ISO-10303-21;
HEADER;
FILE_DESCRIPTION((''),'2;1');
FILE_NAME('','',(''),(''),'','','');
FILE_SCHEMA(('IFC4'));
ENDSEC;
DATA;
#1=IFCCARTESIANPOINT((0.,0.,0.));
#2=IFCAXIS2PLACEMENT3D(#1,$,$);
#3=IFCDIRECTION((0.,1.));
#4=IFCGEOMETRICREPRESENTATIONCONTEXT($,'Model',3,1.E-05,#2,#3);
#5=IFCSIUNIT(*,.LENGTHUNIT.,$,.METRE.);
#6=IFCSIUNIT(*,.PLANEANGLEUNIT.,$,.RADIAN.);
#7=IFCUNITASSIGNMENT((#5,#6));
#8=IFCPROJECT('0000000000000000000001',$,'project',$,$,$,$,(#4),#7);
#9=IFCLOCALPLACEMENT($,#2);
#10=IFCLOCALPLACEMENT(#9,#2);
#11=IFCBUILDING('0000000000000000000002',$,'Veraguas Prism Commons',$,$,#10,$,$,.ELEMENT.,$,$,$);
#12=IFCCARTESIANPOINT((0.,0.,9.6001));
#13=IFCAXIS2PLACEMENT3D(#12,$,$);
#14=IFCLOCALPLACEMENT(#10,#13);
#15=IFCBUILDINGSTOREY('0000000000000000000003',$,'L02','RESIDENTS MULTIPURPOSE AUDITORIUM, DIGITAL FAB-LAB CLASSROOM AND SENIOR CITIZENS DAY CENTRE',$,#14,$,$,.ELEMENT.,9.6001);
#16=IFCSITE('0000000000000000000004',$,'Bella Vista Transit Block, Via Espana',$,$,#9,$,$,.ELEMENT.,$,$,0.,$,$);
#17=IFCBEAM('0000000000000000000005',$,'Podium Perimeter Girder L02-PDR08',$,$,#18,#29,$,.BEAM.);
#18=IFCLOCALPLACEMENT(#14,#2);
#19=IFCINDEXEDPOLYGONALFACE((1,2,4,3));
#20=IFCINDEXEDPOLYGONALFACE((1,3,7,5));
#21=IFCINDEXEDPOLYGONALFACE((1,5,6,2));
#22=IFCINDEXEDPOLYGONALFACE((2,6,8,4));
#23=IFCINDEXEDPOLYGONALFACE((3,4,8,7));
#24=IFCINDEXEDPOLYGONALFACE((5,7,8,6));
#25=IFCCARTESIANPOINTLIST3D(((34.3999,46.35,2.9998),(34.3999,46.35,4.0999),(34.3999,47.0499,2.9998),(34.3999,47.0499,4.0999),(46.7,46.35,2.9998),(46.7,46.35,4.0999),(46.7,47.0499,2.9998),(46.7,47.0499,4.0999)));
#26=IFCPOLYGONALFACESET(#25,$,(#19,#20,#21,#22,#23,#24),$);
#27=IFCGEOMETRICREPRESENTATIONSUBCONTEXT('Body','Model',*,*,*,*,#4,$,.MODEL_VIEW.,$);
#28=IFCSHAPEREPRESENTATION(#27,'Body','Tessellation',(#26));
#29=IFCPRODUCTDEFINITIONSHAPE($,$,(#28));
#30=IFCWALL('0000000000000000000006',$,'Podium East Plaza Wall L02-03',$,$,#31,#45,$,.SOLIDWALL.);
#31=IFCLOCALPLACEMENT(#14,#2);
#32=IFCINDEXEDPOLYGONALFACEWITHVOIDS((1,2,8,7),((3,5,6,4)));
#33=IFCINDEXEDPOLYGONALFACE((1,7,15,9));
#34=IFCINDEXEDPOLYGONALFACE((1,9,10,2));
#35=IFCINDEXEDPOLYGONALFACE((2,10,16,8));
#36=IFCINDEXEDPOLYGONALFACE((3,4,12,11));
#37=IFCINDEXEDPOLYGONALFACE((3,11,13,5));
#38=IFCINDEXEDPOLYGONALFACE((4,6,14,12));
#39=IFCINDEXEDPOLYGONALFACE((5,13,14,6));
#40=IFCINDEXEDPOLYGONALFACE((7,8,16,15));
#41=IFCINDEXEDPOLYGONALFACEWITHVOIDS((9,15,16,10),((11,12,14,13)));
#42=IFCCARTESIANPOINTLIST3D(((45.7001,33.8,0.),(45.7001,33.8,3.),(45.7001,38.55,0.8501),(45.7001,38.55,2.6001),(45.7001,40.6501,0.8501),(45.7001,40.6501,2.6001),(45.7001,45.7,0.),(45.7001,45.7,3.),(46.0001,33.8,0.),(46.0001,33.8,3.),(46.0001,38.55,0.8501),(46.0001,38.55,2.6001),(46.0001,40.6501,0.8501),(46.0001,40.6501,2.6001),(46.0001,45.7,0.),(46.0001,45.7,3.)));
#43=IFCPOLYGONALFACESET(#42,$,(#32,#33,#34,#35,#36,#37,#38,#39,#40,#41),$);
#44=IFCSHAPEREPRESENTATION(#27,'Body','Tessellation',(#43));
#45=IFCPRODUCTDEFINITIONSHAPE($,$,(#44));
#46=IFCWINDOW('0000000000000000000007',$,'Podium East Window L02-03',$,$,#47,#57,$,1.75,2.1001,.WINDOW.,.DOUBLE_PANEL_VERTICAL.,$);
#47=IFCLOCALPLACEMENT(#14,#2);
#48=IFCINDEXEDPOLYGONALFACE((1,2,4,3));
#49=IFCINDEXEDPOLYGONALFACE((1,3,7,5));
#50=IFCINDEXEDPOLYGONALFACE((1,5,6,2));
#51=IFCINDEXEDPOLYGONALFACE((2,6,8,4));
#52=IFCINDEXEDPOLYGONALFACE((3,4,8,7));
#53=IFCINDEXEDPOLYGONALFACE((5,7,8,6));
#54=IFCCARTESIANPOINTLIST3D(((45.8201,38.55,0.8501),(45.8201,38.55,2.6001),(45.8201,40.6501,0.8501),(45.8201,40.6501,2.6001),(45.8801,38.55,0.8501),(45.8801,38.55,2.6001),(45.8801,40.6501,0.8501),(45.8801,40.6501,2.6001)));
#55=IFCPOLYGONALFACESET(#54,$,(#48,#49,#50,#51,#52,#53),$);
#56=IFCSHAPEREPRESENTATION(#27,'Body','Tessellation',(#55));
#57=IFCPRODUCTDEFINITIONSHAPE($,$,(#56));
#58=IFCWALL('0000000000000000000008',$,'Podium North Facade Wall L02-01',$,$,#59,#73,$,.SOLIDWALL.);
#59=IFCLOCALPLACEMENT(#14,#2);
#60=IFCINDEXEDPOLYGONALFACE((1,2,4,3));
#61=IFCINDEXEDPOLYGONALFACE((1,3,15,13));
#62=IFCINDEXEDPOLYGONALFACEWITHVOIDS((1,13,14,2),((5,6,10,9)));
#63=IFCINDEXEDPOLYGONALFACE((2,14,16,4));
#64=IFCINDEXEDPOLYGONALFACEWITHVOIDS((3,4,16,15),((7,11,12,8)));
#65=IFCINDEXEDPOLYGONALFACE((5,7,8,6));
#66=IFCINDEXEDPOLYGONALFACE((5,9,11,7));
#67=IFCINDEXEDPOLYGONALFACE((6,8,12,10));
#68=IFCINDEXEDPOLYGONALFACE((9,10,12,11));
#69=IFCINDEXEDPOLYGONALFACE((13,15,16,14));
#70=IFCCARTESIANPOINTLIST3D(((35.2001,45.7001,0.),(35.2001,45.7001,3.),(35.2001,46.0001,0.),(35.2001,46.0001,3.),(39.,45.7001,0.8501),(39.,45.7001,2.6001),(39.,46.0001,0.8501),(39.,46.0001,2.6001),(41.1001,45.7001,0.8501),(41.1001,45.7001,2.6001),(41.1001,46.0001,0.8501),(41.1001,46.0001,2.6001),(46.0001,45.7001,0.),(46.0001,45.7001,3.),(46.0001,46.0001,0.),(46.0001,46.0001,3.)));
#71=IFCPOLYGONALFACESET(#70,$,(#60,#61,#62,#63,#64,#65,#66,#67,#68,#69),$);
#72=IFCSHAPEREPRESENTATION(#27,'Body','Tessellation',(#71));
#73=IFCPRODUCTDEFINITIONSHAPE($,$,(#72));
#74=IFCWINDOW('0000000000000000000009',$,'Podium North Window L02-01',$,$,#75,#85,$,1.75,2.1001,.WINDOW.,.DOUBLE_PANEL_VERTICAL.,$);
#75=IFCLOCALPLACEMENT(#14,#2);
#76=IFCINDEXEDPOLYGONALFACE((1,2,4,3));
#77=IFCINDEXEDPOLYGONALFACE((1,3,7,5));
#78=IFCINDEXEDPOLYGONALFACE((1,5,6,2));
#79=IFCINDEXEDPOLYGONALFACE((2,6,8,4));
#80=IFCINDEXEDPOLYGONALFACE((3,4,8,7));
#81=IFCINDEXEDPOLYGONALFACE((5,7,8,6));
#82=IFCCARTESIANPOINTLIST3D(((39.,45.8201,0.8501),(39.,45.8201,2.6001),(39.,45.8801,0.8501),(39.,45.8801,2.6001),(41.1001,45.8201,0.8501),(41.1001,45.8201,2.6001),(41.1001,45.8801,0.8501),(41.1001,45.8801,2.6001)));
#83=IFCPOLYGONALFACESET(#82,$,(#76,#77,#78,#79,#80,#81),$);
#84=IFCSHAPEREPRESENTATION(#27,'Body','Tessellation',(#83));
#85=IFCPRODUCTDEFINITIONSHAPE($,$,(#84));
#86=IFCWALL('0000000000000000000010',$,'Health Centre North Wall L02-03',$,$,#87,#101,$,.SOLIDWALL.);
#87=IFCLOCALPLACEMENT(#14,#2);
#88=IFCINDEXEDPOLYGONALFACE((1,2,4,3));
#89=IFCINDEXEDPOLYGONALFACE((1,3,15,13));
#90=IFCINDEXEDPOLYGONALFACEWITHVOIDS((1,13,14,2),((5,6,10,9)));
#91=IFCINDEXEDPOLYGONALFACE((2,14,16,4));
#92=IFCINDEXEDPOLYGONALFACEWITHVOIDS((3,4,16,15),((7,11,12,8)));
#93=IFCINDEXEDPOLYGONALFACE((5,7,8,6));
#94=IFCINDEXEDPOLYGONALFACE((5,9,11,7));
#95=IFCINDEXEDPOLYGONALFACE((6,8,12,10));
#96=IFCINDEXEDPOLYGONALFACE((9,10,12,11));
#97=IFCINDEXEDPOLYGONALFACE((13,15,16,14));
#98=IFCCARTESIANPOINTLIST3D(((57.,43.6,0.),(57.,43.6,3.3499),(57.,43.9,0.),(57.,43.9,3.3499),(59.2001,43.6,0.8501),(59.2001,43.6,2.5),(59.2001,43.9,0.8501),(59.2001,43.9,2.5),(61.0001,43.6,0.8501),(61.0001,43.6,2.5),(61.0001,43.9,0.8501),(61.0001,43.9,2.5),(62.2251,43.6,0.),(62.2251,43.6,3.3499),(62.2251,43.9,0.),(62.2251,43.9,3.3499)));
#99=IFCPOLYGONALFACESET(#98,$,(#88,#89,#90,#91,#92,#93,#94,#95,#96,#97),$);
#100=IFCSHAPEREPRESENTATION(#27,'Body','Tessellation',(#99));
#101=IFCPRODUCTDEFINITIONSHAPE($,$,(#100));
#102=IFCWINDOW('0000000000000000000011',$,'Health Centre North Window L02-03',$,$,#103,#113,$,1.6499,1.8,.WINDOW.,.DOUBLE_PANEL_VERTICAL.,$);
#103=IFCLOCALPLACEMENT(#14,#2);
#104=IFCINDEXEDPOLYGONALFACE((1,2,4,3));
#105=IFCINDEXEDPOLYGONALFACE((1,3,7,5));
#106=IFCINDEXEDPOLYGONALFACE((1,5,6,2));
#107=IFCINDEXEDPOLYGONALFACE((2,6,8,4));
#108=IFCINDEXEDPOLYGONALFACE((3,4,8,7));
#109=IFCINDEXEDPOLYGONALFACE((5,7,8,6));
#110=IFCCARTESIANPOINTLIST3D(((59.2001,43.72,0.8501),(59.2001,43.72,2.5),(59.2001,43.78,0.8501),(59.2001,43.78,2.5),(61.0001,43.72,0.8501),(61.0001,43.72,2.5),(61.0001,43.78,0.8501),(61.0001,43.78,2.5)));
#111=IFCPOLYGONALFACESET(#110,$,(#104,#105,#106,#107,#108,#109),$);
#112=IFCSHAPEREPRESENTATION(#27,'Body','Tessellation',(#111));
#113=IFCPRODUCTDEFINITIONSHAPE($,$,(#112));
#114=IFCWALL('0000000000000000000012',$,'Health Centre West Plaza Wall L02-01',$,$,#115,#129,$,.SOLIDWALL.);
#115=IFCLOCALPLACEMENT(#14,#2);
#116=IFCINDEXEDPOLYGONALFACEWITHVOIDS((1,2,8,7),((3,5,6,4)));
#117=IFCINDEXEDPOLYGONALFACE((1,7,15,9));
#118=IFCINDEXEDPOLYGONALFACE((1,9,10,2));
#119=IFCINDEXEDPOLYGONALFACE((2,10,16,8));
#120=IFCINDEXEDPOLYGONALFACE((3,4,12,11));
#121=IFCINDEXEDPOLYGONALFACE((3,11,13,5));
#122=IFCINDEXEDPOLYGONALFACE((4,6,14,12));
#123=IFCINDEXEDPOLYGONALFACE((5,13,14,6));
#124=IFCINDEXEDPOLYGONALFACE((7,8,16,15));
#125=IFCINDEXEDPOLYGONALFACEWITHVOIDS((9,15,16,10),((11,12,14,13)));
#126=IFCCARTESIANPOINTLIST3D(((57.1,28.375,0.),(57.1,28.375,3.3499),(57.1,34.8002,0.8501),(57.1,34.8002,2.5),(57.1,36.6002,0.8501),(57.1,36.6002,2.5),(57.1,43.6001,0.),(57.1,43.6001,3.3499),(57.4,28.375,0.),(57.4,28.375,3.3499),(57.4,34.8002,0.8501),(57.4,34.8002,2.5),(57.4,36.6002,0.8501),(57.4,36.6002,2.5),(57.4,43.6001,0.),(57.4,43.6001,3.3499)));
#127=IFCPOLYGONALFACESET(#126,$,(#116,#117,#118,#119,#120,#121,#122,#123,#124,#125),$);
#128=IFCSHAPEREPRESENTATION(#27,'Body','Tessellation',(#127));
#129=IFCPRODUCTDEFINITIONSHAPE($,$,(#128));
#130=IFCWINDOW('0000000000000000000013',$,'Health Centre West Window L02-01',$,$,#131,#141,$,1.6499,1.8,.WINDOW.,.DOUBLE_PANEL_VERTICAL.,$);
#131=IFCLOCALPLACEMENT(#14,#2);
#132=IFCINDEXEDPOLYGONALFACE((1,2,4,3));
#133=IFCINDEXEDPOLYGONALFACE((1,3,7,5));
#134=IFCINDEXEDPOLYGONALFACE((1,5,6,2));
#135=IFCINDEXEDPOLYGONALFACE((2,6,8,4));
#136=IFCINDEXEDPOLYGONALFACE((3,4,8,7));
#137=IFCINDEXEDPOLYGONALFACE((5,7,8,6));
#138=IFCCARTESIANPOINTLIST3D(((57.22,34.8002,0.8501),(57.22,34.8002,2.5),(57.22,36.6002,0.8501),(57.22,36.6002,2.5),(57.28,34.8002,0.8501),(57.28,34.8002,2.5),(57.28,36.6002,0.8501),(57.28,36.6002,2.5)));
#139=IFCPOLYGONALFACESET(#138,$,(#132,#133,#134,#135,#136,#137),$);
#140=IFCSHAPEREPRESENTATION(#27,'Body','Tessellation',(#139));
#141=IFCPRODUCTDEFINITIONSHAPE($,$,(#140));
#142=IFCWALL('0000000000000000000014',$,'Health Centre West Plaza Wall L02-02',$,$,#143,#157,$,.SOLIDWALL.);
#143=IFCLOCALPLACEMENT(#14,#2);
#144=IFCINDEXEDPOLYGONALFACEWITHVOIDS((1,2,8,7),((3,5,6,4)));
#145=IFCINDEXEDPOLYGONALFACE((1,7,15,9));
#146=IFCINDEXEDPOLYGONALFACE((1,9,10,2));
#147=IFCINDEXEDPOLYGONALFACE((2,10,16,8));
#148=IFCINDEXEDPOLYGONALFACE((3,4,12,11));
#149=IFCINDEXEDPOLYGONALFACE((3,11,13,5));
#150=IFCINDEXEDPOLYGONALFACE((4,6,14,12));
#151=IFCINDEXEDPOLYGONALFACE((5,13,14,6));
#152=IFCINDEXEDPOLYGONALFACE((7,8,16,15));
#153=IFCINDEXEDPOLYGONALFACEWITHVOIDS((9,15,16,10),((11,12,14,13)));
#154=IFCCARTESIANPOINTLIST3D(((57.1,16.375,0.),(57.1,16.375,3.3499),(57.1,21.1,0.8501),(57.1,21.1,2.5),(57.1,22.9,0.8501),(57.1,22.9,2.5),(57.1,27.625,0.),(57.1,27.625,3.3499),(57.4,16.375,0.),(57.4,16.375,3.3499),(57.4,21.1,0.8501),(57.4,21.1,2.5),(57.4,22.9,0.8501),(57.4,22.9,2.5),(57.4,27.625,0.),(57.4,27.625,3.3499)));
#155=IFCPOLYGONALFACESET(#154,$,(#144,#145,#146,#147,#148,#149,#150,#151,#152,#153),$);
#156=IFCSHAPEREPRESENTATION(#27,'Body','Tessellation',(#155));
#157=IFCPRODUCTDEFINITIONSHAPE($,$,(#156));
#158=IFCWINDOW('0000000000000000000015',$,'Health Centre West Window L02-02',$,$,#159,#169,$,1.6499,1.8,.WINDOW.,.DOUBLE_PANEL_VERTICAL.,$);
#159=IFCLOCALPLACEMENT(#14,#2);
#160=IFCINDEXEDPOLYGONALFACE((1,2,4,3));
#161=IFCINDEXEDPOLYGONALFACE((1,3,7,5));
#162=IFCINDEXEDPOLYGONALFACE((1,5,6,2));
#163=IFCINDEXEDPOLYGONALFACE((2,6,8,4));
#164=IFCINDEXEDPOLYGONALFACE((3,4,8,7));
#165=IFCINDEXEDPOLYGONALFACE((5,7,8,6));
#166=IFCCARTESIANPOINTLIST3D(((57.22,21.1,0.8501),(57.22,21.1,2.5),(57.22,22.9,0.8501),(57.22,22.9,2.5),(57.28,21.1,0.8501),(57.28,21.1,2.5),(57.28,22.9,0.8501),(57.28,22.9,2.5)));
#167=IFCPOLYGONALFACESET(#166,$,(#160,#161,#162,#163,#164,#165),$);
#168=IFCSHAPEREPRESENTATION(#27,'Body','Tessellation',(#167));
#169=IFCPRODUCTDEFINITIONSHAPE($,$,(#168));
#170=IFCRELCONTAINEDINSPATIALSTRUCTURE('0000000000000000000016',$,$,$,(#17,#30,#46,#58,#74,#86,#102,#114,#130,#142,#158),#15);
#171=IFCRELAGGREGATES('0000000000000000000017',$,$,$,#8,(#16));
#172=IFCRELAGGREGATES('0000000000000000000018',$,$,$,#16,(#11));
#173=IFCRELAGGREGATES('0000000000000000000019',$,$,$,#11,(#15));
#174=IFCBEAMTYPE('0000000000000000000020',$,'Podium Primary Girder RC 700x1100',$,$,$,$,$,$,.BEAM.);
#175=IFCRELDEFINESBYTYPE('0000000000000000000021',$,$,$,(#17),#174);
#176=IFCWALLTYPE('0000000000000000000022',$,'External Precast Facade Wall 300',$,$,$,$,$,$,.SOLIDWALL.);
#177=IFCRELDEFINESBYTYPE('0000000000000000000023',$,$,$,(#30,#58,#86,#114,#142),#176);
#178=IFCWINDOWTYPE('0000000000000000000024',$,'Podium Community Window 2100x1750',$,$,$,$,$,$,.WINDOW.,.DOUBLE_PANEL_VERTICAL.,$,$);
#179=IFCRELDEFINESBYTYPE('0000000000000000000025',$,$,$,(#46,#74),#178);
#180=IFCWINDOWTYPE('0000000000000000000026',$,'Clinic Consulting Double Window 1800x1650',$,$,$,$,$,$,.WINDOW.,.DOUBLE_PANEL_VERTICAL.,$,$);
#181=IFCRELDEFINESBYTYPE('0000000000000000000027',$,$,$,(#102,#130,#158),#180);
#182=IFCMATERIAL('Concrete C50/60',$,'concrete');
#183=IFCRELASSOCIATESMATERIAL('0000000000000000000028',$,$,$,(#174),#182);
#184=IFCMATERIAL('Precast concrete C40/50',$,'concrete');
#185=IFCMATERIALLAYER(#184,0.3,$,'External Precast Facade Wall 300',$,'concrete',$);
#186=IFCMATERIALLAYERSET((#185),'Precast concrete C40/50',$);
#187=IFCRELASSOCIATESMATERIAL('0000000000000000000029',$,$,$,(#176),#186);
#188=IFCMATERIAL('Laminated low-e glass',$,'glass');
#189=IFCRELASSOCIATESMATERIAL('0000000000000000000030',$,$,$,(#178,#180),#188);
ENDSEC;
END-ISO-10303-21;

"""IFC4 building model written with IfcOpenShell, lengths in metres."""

from ifc_helpers import new_model, si_unit, direction, frame, frame_2d, origin, origin_2d, place, context, subcontext, project, spatial, rectangle, extrude, source, transform, mapped, material, layer, layer_set, material_profile, profile_set, type_object, element, fill, save


model = new_model("IFC4")

# Units and contexts
model_context = context("Model", 3, precision=1e-05, world=origin(), true_north=direction((0.0, 1.0)))
body_context = subcontext(model_context, "Body", "Model", "MODEL_VIEW")
ifc_project = project(units=[si_unit("LENGTHUNIT", "METRE"), si_unit("PLANEANGLEUNIT", "RADIAN")], contexts=[model_context])

# Site, building, storey
site_placement = place(None, origin())
site = spatial("IfcSite", under=ifc_project, at=site_placement, Name="Bella Vista Transit Block, Via Espana", CompositionType="ELEMENT", RefElevation=0.0)
building_placement = place(site_placement, origin())
building = spatial("IfcBuilding", under=site, at=building_placement, Name="Veraguas Prism Commons", CompositionType="ELEMENT")
storey_placement = place(building_placement, frame((0.0, 0.0, 9.6001)))
storey = spatial("IfcBuildingStorey", under=building, at=storey_placement, Name="L02", Description="RESIDENTS MULTIPURPOSE AUDITORIUM, DIGITAL FAB-LAB CLASSROOM AND SENIOR CITIZENS DAY CENTRE", CompositionType="ELEMENT", Elevation=9.6001)

# Shared definitions
ifc_material_1 = material(Name="Concrete C50/60", Category="concrete")

# Beam
ifc_material_profile_1 = material_profile(ifc_material_1, rectangle(XDim=0.7, YDim=1.1001, at=origin_2d()), Name="RC700X1100")
ifc_profile_set_1 = profile_set([ifc_material_profile_1], Name="Concrete C50/60")
beam_type_1 = type_object("IfcBeamType", Name="Podium Primary Girder RC 700x1100", PredefinedType="BEAM", material=ifc_profile_set_1)
beam_1_placement = place(storey_placement, frame((46.7, 46.7, 3.5498), z_axis=(-1.0, 0.0, 0.0), x_axis=(0.0, -1.0, 0.0)))
element("IfcBeam", 1, at=beam_1_placement, inside=storey, type_object=beam_type_1, Name="Podium Perimeter Girder L02-PDR08", PredefinedType="BEAM", context=body_context, shape_type="SweptSolid", body=[
    extrude(rectangle(XDim=0.7, YDim=1.1001, at=origin_2d()), origin(), (0.0, 0.0, 1.0), 12.3),
])

# Walls, openings, windows
ifc_material_2 = material(Name="Precast concrete C40/50", Category="concrete")
ifc_layer_1 = layer(ifc_material_2, 0.3, Name="External Precast Facade Wall 300", Category="concrete")
ifc_layer_set_1 = layer_set([ifc_layer_1], Name="Precast concrete C40/50")
wall_type_1 = type_object("IfcWallType", Name="External Precast Facade Wall 300", PredefinedType="SOLIDWALL", material=ifc_layer_set_1)
wall_1_placement = place(storey_placement, frame((45.8501, 33.8, 0.0), z_axis=(0.0, 0.0, 1.0), x_axis=(0.0, 1.0, 0.0)))
wall_1 = element("IfcWall", 2, at=wall_1_placement, inside=storey, type_object=wall_type_1, Name="Podium East Plaza Wall L02-03", PredefinedType="SOLIDWALL", context=body_context, shape_type="SweptSolid", body=[
    extrude(rectangle(XDim=11.8999, YDim=0.3, at=frame_2d((5.95, 0.0))), origin(), (0.0, 0.0, 1.0), 3.0),
])
opening_1_placement = place(wall_1_placement, frame((4.75, 0.0, 0.8501)))
opening_1 = element("IfcOpeningElement", 3, at=opening_1_placement, cuts=wall_1, PredefinedType="OPENING", context=body_context, shape_type="SweptSolid", body=[
    extrude(rectangle(XDim=2.1001, YDim=1.75, at=frame_2d((1.05, 0.875))), frame((0.0, 0.1599, 0.0), z_axis=(0.0, -1.0, 0.0), x_axis=(1.0, 0.0, 0.0)), (0.0, 0.0, 1.0), 0.3201),
])
ifc_material_3 = material(Name="Laminated low-e glass", Category="glass")
window_type_1 = type_object("IfcWindowType", Name="Podium Community Window 2100x1750", PartitioningType="DOUBLE_PANEL_VERTICAL", PredefinedType="WINDOW", material=ifc_material_3)
shared_shape_1 = source(origin(), body_context, "Body", "SweptSolid", [
    extrude(rectangle(XDim=2.1001, YDim=1.75, at=frame_2d((1.05, 0.875))), frame((0.0, 0.03, 0.0), z_axis=(0.0, -1.0, 0.0), x_axis=(1.0, 0.0, 0.0)), (0.0, 0.0, 1.0), 0.0601),
])
window_1_placement = place(opening_1_placement, origin())
window_1 = element("IfcWindow", 4, at=window_1_placement, inside=storey, type_object=window_type_1, Name="Podium East Window L02-03", OverallHeight=1.75, OverallWidth=2.1001, PartitioningType="DOUBLE_PANEL_VERTICAL", PredefinedType="WINDOW", context=body_context, shape_type="MappedRepresentation", body=[
    mapped(shared_shape_1, transform((0.0, 0.0, 0.0), scale=1.0)),
])
fill(opening_1, window_1)
wall_2_placement = place(storey_placement, frame((46.0, 45.8501, 0.0), z_axis=(0.0, 0.0, 1.0), x_axis=(-1.0, 0.0, 0.0)))
wall_2 = element("IfcWall", 5, at=wall_2_placement, inside=storey, type_object=wall_type_1, Name="Podium North Facade Wall L02-01", PredefinedType="SOLIDWALL", context=body_context, shape_type="SweptSolid", body=[
    extrude(rectangle(XDim=10.8, YDim=0.3, at=frame_2d((5.3999, 0.0))), origin(), (0.0, 0.0, 1.0), 3.0),
])
opening_2_placement = place(wall_2_placement, frame((4.8999, 0.0, 0.8501)))
opening_2 = element("IfcOpeningElement", 6, at=opening_2_placement, cuts=wall_2, PredefinedType="OPENING", context=body_context, shape_type="SweptSolid", body=[
    extrude(rectangle(XDim=2.1001, YDim=1.75, at=frame_2d((1.05, 0.875))), frame((0.0, 0.1599, 0.0), z_axis=(0.0, -1.0, 0.0), x_axis=(1.0, 0.0, 0.0)), (0.0, 0.0, 1.0), 0.3201),
])
window_2_placement = place(opening_2_placement, origin())
window_2 = element("IfcWindow", 7, at=window_2_placement, inside=storey, type_object=window_type_1, Name="Podium North Window L02-01", OverallHeight=1.75, OverallWidth=2.1001, PartitioningType="DOUBLE_PANEL_VERTICAL", PredefinedType="WINDOW", context=body_context, shape_type="MappedRepresentation", body=[
    mapped(shared_shape_1, transform((0.0, 0.0, 0.0), scale=1.0)),
])
fill(opening_2, window_2)
wall_3_placement = place(storey_placement, frame((62.2251, 43.75, 0.0), z_axis=(0.0, 0.0, 1.0), x_axis=(-1.0, 0.0, 0.0)))
wall_3 = element("IfcWall", 8, at=wall_3_placement, inside=storey, type_object=wall_type_1, Name="Health Centre North Wall L02-03", PredefinedType="SOLIDWALL", context=body_context, shape_type="SweptSolid", body=[
    extrude(rectangle(XDim=5.2251, YDim=0.3, at=frame_2d((2.6125, 0.0))), origin(), (0.0, 0.0, 1.0), 3.3499),
])
opening_3_placement = place(wall_3_placement, frame((1.2251, 0.0, 0.8501)))
opening_3 = element("IfcOpeningElement", 9, at=opening_3_placement, cuts=wall_3, PredefinedType="OPENING", context=body_context, shape_type="SweptSolid", body=[
    extrude(rectangle(XDim=1.8, YDim=1.6499, at=frame_2d((0.8999, 0.825))), frame((0.0, 0.1599, 0.0), z_axis=(0.0, -1.0, 0.0), x_axis=(1.0, 0.0, 0.0)), (0.0, 0.0, 1.0), 0.3201),
])
window_type_2 = type_object("IfcWindowType", Name="Clinic Consulting Double Window 1800x1650", PartitioningType="DOUBLE_PANEL_VERTICAL", PredefinedType="WINDOW", material=ifc_material_3)
shared_shape_2 = source(origin(), body_context, "Body", "SweptSolid", [
    extrude(rectangle(XDim=1.8, YDim=1.6499, at=frame_2d((0.8999, 0.825))), frame((0.0, 0.03, 0.0), z_axis=(0.0, -1.0, 0.0), x_axis=(1.0, 0.0, 0.0)), (0.0, 0.0, 1.0), 0.0601),
])
window_3_placement = place(opening_3_placement, origin())
window_3 = element("IfcWindow", 10, at=window_3_placement, inside=storey, type_object=window_type_2, Name="Health Centre North Window L02-03", OverallHeight=1.6499, OverallWidth=1.8, PartitioningType="DOUBLE_PANEL_VERTICAL", PredefinedType="WINDOW", context=body_context, shape_type="MappedRepresentation", body=[
    mapped(shared_shape_2, transform((0.0, 0.0, 0.0), scale=1.0)),
])
fill(opening_3, window_3)
wall_4_placement = place(storey_placement, frame((57.25, 43.6001, 0.0), z_axis=(0.0, 0.0, 1.0), x_axis=(0.0, -1.0, 0.0)))
wall_4 = element("IfcWall", 11, at=wall_4_placement, inside=storey, type_object=wall_type_1, Name="Health Centre West Plaza Wall L02-01", PredefinedType="SOLIDWALL", context=body_context, shape_type="SweptSolid", body=[
    extrude(rectangle(XDim=15.2251, YDim=0.3, at=frame_2d((7.6125, 0.0))), origin(), (0.0, 0.0, 1.0), 3.3499),
])
opening_4_placement = place(wall_4_placement, frame((7.0, 0.0, 0.8501)))
opening_4 = element("IfcOpeningElement", 12, at=opening_4_placement, cuts=wall_4, PredefinedType="OPENING", context=body_context, shape_type="SweptSolid", body=[
    extrude(rectangle(XDim=1.8, YDim=1.6499, at=frame_2d((0.8999, 0.825))), frame((0.0, 0.1599, 0.0), z_axis=(0.0, -1.0, 0.0), x_axis=(1.0, 0.0, 0.0)), (0.0, 0.0, 1.0), 0.3201),
])
window_4_placement = place(opening_4_placement, origin())
window_4 = element("IfcWindow", 13, at=window_4_placement, inside=storey, type_object=window_type_2, Name="Health Centre West Window L02-01", OverallHeight=1.6499, OverallWidth=1.8, PartitioningType="DOUBLE_PANEL_VERTICAL", PredefinedType="WINDOW", context=body_context, shape_type="MappedRepresentation", body=[
    mapped(shared_shape_2, transform((0.0, 0.0, 0.0), scale=1.0)),
])
fill(opening_4, window_4)
wall_5_placement = place(storey_placement, frame((57.25, 27.625, 0.0), z_axis=(0.0, 0.0, 1.0), x_axis=(0.0, -1.0, 0.0)))
wall_5 = element("IfcWall", 14, at=wall_5_placement, inside=storey, type_object=wall_type_1, Name="Health Centre West Plaza Wall L02-02", PredefinedType="SOLIDWALL", context=body_context, shape_type="SweptSolid", body=[
    extrude(rectangle(XDim=11.25, YDim=0.3, at=frame_2d((5.625, 0.0))), origin(), (0.0, 0.0, 1.0), 3.3499),
])
opening_5_placement = place(wall_5_placement, frame((4.7251, 0.0, 0.8501)))
opening_5 = element("IfcOpeningElement", 15, at=opening_5_placement, cuts=wall_5, PredefinedType="OPENING", context=body_context, shape_type="SweptSolid", body=[
    extrude(rectangle(XDim=1.8, YDim=1.6499, at=frame_2d((0.8999, 0.825))), frame((0.0, 0.1599, 0.0), z_axis=(0.0, -1.0, 0.0), x_axis=(1.0, 0.0, 0.0)), (0.0, 0.0, 1.0), 0.3201),
])
window_5_placement = place(opening_5_placement, origin())
window_5 = element("IfcWindow", 16, at=window_5_placement, inside=storey, type_object=window_type_2, Name="Health Centre West Window L02-02", OverallHeight=1.6499, OverallWidth=1.8, PartitioningType="DOUBLE_PANEL_VERTICAL", PredefinedType="WINDOW", context=body_context, shape_type="MappedRepresentation", body=[
    mapped(shared_shape_2, transform((0.0, 0.0, 0.0), scale=1.0)),
])
fill(opening_5, window_5)

save(model, "model.ifc")
